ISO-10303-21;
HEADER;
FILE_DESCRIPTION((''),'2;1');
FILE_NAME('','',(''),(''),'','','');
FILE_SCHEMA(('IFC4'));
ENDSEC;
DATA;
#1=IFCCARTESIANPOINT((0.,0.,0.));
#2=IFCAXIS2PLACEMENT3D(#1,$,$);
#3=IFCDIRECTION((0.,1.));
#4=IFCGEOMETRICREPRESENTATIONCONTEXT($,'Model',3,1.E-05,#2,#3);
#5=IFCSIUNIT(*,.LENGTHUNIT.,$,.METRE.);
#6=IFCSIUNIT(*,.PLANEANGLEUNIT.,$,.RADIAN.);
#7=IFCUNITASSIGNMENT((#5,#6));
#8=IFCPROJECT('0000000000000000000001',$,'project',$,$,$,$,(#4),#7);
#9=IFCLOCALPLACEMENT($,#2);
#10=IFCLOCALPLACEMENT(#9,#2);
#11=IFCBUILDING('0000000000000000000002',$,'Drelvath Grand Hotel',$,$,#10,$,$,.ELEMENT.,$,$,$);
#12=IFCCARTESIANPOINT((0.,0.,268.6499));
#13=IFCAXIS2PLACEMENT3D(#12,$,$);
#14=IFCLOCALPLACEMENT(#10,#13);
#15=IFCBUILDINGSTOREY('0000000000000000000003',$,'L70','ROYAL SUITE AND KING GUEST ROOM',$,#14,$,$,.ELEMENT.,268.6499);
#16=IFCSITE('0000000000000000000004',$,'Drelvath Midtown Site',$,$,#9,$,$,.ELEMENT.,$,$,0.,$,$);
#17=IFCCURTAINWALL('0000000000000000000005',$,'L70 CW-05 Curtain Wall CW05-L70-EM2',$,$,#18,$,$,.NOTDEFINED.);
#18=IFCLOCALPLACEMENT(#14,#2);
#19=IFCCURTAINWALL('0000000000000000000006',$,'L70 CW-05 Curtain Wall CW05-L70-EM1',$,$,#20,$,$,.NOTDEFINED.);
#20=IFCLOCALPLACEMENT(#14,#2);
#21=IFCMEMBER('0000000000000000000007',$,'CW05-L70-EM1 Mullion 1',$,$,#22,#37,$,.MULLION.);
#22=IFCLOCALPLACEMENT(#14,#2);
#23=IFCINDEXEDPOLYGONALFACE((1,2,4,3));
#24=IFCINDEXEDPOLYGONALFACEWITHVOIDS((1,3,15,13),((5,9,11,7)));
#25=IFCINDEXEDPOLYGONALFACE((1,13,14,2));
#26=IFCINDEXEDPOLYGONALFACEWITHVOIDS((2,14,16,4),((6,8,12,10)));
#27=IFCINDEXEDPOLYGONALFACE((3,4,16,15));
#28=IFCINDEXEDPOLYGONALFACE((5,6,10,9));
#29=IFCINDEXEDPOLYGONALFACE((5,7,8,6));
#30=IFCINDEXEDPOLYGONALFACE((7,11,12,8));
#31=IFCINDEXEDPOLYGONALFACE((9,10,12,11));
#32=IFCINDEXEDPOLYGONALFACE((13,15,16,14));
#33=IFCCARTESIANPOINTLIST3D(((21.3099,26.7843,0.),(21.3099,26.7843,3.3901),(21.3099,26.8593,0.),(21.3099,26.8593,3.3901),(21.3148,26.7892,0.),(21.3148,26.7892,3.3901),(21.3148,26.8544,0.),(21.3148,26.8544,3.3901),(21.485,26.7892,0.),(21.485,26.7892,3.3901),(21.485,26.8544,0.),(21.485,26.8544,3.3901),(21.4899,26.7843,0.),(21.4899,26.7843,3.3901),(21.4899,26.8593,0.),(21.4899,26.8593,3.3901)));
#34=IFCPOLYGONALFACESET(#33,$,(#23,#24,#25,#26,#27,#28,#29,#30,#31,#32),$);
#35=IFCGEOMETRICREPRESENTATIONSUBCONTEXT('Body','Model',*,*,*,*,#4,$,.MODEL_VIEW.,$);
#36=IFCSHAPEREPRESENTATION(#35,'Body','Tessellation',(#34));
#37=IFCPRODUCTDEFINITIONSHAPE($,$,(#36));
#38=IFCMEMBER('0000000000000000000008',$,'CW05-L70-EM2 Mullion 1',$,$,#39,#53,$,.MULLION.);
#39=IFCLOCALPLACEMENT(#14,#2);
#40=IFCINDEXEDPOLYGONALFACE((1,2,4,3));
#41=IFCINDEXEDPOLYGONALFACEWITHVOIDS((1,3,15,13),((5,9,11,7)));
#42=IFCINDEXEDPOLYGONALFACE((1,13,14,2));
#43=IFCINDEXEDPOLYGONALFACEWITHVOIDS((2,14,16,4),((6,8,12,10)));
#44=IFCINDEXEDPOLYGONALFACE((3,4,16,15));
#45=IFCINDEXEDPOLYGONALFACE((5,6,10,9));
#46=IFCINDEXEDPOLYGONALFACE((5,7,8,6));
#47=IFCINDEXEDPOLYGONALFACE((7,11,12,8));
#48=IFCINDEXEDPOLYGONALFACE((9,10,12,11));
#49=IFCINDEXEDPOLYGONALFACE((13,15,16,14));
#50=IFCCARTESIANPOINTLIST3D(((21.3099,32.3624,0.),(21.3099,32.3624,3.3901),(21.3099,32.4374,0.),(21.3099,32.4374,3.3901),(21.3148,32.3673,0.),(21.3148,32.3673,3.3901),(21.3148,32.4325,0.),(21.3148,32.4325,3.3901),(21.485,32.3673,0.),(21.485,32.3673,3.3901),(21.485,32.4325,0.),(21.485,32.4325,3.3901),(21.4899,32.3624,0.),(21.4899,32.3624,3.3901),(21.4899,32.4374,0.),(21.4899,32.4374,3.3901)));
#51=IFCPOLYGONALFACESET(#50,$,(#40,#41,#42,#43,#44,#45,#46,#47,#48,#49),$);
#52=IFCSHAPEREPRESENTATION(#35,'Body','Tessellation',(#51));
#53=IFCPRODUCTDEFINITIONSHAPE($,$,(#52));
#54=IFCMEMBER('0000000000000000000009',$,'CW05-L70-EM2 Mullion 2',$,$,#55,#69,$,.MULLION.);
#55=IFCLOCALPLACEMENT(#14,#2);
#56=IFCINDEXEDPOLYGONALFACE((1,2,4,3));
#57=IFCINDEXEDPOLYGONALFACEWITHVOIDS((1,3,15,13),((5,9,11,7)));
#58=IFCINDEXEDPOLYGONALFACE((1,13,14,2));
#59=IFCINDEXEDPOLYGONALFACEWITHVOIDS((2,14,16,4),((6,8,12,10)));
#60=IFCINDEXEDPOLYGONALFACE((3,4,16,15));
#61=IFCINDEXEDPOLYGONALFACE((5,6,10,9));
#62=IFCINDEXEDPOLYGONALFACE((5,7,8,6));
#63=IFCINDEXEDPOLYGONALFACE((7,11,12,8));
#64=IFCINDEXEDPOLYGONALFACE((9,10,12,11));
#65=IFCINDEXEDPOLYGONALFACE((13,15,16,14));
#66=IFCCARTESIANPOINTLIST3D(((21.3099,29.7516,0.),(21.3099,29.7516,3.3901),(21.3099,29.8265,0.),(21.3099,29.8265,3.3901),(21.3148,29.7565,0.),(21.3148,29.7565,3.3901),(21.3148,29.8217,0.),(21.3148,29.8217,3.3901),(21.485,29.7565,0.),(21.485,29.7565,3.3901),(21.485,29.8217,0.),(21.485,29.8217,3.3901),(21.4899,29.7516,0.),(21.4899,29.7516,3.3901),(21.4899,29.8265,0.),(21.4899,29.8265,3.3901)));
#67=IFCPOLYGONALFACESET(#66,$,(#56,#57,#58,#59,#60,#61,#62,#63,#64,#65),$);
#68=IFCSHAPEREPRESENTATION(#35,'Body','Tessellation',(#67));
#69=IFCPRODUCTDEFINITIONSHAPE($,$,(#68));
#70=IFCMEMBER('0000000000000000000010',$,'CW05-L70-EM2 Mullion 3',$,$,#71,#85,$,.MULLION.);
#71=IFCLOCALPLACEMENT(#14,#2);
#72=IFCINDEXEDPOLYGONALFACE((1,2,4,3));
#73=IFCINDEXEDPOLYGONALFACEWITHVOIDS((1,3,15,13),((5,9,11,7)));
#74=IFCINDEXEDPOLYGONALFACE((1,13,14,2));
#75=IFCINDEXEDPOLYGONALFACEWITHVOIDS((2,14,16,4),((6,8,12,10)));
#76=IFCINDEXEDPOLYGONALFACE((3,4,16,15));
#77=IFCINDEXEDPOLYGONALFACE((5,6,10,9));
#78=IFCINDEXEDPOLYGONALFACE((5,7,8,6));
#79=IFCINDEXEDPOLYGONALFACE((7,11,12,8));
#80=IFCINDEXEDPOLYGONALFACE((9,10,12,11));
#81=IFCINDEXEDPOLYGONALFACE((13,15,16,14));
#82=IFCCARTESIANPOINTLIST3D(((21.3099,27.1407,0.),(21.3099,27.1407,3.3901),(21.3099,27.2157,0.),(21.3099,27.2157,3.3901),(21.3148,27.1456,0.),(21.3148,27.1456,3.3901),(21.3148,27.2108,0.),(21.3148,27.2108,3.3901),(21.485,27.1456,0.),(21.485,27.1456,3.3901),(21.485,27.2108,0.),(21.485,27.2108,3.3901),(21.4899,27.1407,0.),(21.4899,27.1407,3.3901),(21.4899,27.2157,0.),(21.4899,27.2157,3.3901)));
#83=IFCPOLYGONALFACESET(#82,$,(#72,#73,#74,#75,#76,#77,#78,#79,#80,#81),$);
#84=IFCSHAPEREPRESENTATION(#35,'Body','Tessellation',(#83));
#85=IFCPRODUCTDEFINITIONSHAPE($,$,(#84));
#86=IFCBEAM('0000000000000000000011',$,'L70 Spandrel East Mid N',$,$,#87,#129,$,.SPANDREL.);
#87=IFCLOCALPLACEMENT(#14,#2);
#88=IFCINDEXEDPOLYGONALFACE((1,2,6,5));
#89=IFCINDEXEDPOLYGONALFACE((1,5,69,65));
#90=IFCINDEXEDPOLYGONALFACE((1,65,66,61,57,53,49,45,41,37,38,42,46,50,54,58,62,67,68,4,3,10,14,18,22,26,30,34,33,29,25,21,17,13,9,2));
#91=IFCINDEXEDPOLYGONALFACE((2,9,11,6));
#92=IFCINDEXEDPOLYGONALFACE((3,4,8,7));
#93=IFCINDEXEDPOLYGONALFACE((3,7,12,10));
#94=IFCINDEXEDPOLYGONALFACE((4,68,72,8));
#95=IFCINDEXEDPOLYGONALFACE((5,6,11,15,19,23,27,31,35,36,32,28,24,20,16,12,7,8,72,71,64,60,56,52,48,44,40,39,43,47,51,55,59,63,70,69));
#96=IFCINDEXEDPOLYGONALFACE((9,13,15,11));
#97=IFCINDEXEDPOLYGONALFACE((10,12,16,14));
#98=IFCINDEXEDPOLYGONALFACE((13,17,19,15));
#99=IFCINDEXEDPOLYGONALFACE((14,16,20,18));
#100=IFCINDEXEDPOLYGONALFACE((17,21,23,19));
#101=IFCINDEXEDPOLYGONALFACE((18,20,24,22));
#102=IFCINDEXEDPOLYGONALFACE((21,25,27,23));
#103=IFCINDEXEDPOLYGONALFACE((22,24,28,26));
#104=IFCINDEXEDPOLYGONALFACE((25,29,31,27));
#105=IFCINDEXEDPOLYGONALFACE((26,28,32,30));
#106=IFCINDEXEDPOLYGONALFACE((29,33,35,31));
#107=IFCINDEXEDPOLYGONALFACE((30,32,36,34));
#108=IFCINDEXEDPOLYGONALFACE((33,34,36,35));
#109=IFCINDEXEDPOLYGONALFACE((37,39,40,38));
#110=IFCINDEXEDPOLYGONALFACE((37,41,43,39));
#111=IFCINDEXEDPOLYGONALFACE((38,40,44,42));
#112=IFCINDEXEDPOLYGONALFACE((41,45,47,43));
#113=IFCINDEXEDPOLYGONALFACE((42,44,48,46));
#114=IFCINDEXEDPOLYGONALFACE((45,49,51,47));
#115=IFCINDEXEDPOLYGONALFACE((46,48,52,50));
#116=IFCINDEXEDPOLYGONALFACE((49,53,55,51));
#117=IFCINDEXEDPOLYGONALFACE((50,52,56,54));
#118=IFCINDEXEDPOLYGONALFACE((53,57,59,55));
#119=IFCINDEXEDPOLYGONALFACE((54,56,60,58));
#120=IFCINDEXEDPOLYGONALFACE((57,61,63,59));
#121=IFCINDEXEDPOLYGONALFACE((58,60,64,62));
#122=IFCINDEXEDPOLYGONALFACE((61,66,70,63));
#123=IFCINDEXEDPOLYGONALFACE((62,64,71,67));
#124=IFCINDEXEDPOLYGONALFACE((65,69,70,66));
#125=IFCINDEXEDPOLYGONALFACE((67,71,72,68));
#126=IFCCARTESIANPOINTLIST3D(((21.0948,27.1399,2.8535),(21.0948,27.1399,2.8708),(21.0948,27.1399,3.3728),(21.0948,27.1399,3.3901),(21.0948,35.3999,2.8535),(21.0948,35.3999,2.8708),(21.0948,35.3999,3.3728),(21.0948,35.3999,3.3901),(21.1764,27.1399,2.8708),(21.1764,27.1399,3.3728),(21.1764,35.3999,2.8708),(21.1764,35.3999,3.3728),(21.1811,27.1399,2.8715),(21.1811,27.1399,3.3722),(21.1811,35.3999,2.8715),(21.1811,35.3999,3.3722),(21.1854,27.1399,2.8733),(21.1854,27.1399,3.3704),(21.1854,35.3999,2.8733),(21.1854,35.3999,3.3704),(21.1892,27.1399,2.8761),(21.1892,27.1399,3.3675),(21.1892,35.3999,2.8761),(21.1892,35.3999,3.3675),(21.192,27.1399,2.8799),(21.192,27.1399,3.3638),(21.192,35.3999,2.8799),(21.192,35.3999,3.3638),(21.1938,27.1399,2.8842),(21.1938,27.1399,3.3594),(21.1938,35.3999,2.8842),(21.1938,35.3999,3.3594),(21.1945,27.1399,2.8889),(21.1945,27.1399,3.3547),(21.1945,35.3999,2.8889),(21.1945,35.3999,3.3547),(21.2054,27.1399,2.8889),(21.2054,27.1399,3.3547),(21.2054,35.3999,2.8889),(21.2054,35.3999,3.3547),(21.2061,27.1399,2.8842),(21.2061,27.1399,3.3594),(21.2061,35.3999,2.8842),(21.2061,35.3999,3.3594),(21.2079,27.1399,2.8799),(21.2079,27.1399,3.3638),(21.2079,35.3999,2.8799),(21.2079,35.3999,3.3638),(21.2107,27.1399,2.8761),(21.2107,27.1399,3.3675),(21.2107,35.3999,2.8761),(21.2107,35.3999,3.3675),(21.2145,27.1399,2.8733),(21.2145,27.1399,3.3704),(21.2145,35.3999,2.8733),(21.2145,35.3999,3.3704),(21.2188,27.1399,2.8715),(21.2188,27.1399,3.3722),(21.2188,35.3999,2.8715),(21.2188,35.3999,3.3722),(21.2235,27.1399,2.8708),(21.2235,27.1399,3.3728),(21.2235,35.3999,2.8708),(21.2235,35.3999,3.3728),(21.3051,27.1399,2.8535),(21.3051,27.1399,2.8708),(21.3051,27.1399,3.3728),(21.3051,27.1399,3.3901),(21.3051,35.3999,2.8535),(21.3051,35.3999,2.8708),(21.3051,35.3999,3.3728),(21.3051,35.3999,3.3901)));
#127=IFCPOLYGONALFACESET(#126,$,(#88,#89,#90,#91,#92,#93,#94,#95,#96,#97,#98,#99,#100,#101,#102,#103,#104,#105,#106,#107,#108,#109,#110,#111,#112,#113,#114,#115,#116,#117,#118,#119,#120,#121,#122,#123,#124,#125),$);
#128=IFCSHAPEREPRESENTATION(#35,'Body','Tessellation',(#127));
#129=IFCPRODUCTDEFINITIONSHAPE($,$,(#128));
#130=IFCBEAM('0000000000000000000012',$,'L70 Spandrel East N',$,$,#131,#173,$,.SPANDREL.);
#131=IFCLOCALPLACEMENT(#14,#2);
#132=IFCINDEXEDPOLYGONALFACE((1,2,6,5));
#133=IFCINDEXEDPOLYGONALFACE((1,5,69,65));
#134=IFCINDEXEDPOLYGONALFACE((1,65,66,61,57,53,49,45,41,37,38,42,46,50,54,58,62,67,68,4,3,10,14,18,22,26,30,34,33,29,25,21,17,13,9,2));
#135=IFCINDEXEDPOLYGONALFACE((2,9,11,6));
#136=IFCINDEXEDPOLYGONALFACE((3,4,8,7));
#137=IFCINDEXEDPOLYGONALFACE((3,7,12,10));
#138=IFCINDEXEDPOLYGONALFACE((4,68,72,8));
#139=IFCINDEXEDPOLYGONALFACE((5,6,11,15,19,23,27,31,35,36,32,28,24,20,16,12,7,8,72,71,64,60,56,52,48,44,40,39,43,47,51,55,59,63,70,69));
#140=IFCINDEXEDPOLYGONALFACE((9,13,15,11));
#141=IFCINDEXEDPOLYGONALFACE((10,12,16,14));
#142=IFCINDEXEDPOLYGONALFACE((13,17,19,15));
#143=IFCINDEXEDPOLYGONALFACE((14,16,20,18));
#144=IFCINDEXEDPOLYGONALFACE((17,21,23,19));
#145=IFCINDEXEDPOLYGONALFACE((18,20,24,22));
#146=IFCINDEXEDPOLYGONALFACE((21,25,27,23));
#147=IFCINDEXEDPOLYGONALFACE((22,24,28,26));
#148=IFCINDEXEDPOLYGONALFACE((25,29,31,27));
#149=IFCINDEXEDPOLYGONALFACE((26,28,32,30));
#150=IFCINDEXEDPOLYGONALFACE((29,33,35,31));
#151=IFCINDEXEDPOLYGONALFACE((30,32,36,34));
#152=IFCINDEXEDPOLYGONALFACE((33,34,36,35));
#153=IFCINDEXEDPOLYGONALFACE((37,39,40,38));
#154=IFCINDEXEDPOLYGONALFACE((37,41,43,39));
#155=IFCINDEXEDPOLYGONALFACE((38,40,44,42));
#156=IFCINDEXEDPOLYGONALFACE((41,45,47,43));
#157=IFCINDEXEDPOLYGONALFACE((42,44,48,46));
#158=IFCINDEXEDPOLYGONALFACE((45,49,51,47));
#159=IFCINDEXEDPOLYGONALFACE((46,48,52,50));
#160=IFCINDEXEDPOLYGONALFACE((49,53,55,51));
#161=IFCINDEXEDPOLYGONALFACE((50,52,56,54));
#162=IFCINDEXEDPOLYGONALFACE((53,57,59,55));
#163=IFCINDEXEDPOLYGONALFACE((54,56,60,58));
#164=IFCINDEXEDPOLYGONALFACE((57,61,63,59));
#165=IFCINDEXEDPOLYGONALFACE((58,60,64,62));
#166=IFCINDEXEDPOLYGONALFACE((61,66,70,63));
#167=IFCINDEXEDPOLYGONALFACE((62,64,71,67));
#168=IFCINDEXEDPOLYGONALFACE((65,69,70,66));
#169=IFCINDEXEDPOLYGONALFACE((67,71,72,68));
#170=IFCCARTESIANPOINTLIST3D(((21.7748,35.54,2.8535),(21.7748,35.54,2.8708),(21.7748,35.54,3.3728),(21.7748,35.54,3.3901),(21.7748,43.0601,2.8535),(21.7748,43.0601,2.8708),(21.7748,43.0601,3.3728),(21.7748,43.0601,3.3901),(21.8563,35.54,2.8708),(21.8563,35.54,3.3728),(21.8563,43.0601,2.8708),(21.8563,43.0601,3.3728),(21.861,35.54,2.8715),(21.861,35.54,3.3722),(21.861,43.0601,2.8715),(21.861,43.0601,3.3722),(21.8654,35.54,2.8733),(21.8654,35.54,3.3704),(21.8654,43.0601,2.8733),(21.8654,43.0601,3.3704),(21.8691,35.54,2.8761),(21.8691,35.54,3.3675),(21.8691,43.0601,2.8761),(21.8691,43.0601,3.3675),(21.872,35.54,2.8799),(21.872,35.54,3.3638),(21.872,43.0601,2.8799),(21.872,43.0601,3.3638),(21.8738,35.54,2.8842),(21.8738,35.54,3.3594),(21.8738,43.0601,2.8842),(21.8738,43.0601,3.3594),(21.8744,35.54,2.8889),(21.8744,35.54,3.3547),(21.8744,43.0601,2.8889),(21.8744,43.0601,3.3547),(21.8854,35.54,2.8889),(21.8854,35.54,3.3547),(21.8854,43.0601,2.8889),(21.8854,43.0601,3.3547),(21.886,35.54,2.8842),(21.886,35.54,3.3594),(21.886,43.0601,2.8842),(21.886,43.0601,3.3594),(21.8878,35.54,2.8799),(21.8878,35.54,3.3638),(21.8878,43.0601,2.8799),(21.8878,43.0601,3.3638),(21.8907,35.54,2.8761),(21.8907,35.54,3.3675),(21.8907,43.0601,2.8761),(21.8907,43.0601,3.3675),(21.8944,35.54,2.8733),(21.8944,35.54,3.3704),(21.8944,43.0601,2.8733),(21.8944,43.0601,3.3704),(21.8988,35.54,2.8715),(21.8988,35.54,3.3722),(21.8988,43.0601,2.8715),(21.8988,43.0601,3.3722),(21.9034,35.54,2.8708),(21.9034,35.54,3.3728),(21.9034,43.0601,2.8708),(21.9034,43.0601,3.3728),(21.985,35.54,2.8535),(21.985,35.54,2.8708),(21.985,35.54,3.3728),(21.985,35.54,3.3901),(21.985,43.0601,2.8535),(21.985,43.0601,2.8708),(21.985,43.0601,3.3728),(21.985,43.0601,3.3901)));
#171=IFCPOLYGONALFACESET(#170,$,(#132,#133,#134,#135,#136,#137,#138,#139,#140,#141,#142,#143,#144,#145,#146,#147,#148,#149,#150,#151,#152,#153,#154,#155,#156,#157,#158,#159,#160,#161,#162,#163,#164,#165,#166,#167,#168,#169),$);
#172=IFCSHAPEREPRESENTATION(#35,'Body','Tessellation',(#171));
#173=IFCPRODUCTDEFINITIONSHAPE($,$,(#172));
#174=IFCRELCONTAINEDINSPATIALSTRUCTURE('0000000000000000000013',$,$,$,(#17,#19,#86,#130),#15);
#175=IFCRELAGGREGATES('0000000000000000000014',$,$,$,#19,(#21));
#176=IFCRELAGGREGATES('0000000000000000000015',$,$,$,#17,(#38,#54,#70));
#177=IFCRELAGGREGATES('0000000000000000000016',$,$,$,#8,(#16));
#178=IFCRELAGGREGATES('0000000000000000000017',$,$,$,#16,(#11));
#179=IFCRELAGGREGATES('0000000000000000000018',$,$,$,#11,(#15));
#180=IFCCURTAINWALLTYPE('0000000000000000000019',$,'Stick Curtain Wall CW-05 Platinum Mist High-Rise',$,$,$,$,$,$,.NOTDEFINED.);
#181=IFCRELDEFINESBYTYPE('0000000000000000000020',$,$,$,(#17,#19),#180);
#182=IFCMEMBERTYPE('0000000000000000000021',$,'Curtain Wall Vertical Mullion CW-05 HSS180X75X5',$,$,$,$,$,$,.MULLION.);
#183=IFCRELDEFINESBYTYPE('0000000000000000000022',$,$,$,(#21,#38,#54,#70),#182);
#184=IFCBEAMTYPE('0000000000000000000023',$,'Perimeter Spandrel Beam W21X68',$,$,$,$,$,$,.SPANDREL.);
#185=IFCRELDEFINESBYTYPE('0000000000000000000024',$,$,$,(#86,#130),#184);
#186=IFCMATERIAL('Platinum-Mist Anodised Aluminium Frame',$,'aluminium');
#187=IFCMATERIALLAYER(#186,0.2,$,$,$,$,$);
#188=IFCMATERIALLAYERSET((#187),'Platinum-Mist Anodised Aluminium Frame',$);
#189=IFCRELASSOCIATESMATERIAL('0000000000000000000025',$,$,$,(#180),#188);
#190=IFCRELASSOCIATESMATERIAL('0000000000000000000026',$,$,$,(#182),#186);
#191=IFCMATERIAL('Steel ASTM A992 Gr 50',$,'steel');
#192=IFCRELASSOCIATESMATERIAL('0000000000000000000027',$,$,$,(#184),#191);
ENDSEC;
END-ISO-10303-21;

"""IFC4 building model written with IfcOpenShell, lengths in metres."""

from ifc_helpers import new_model, si_unit, direction, frame, origin, origin_2d, place, context, subcontext, project, spatial, hollow_rectangle, i_section, extrude, material, layer, layer_set, material_profile, profile_set, type_object, element, aggregate, save


model = new_model("IFC4")

# Units and contexts
model_context = context("Model", 3, precision=1e-05, world=origin(), true_north=direction((0.0, 1.0)))
body_context = subcontext(model_context, "Body", "Model", "MODEL_VIEW")
ifc_project = project(units=[si_unit("LENGTHUNIT", "METRE"), si_unit("PLANEANGLEUNIT", "RADIAN")], contexts=[model_context])

# Site, building, storey
site_placement = place(None, origin())
site = spatial("IfcSite", under=ifc_project, at=site_placement, Name="Drelvath Midtown Site", CompositionType="ELEMENT", RefElevation=0.0)
building_placement = place(site_placement, origin())
building = spatial("IfcBuilding", under=site, at=building_placement, Name="Drelvath Grand Hotel", CompositionType="ELEMENT")
storey_placement = place(building_placement, frame((0.0, 0.0, 268.6499)))
storey = spatial("IfcBuildingStorey", under=building, at=storey_placement, Name="L70", Description="ROYAL SUITE AND KING GUEST ROOM", CompositionType="ELEMENT", Elevation=268.6499)

# Curtain wall
ifc_material_1 = material(Name="Platinum-Mist Anodised Aluminium Frame", Category="aluminium")
ifc_layer_1 = layer(ifc_material_1, 0.2)
ifc_layer_set_1 = layer_set([ifc_layer_1], Name="Platinum-Mist Anodised Aluminium Frame")
curtain_wall_type = type_object("IfcCurtainWallType", Name="Stick Curtain Wall CW-05 Platinum Mist High-Rise", PredefinedType="NOTDEFINED", material=ifc_layer_set_1)
curtain_wall_1_placement = place(storey_placement, origin())
curtain_wall_1 = element("IfcCurtainWall", 1, at=curtain_wall_1_placement, inside=storey, type_object=curtain_wall_type, Name="L70 CW-05 Curtain Wall CW05-L70-EM2", PredefinedType="NOTDEFINED")

# Shared definitions
ifc_material_profile_1 = material_profile(ifc_material_1, hollow_rectangle(XDim=0.075, YDim=0.1799, WallThickness=0.0049, at=origin_2d()), Name="HSS180X75X5")
ifc_profile_set_1 = profile_set([ifc_material_profile_1], Name="Platinum-Mist Anodised Aluminium Frame")
member_type_1 = type_object("IfcMemberType", Name="Curtain Wall Vertical Mullion CW-05 HSS180X75X5", PredefinedType="MULLION", material=ifc_profile_set_1)

# Curtain wall, member
curtain_wall_2_placement = place(storey_placement, origin())
curtain_wall_2 = element("IfcCurtainWall", 2, at=curtain_wall_2_placement, inside=storey, type_object=curtain_wall_type, Name="L70 CW-05 Curtain Wall CW05-L70-EM1", PredefinedType="NOTDEFINED")
member_1_placement = place(storey_placement, frame((21.3999, 26.8218, 0.0), z_axis=(0.0, 0.0, 1.0), x_axis=(0.0, 1.0, 0.0)))
member_1 = element("IfcMember", 3, at=member_1_placement, type_object=member_type_1, Name="CW05-L70-EM1 Mullion 1", PredefinedType="MULLION", context=body_context, shape_type="SweptSolid", body=[
    extrude(hollow_rectangle(XDim=0.075, YDim=0.1799, WallThickness=0.0049, at=origin_2d()), origin(), (0.0, 0.0, 1.0), 3.3901),
])
aggregate(curtain_wall_2, [member_1])

# Members
member_2_placement = place(storey_placement, frame((21.3999, 32.3999, 0.0), z_axis=(0.0, 0.0, 1.0), x_axis=(0.0, 1.0, 0.0)))
member_2 = element("IfcMember", 4, at=member_2_placement, type_object=member_type_1, Name="CW05-L70-EM2 Mullion 1", PredefinedType="MULLION", context=body_context, shape_type="SweptSolid", body=[
    extrude(hollow_rectangle(XDim=0.075, YDim=0.1799, WallThickness=0.0049, at=origin_2d()), origin(), (0.0, 0.0, 1.0), 3.3901),
])
member_3_placement = place(storey_placement, frame((21.3999, 29.7891, 0.0), z_axis=(0.0, 0.0, 1.0), x_axis=(0.0, 1.0, 0.0)))
member_3 = element("IfcMember", 5, at=member_3_placement, type_object=member_type_1, Name="CW05-L70-EM2 Mullion 2", PredefinedType="MULLION", context=body_context, shape_type="SweptSolid", body=[
    extrude(hollow_rectangle(XDim=0.075, YDim=0.1799, WallThickness=0.0049, at=origin_2d()), origin(), (0.0, 0.0, 1.0), 3.3901),
])
member_4_placement = place(storey_placement, frame((21.3999, 27.1782, 0.0), z_axis=(0.0, 0.0, 1.0), x_axis=(0.0, 1.0, 0.0)))
member_4 = element("IfcMember", 6, at=member_4_placement, type_object=member_type_1, Name="CW05-L70-EM2 Mullion 3", PredefinedType="MULLION", context=body_context, shape_type="SweptSolid", body=[
    extrude(hollow_rectangle(XDim=0.075, YDim=0.1799, WallThickness=0.0049, at=origin_2d()), origin(), (0.0, 0.0, 1.0), 3.3901),
])

# Beams
ifc_material_2 = material(Name="Steel ASTM A992 Gr 50", Category="steel")
ifc_material_profile_2 = material_profile(ifc_material_2, i_section(OverallWidth=0.2102, OverallDepth=0.5366, WebThickness=0.011, FlangeThickness=0.0173, FilletRadius=0.0181, at=origin_2d()), Name="W21X68")
ifc_profile_set_2 = profile_set([ifc_material_profile_2], Name="Steel ASTM A992 Gr 50")
beam_type_1 = type_object("IfcBeamType", Name="Perimeter Spandrel Beam W21X68", PredefinedType="SPANDREL", material=ifc_profile_set_2)
beam_1_placement = place(storey_placement, frame((21.2, 27.1399, 3.1218), z_axis=(0.0, 1.0, 0.0), x_axis=(-1.0, 0.0, 0.0)))
element("IfcBeam", 7, at=beam_1_placement, inside=storey, type_object=beam_type_1, Name="L70 Spandrel East Mid N", PredefinedType="SPANDREL", context=body_context, shape_type="SweptSolid", body=[
    extrude(i_section(OverallWidth=0.2102, OverallDepth=0.5366, WebThickness=0.011, FlangeThickness=0.0173, FilletRadius=0.0181, at=origin_2d()), origin(), (0.0, 0.0, 1.0), 8.26),
])
beam_2_placement = place(storey_placement, frame((21.8799, 35.54, 3.1218), z_axis=(0.0, 1.0, 0.0), x_axis=(-1.0, 0.0, 0.0)))
element("IfcBeam", 8, at=beam_2_placement, inside=storey, type_object=beam_type_1, Name="L70 Spandrel East N", PredefinedType="SPANDREL", context=body_context, shape_type="SweptSolid", body=[
    extrude(i_section(OverallWidth=0.2102, OverallDepth=0.5366, WebThickness=0.011, FlangeThickness=0.0173, FilletRadius=0.0181, at=origin_2d()), origin(), (0.0, 0.0, 1.0), 7.52),
])

aggregate(curtain_wall_1, [member_2, member_3, member_4])

save(model, "model.ifc")
